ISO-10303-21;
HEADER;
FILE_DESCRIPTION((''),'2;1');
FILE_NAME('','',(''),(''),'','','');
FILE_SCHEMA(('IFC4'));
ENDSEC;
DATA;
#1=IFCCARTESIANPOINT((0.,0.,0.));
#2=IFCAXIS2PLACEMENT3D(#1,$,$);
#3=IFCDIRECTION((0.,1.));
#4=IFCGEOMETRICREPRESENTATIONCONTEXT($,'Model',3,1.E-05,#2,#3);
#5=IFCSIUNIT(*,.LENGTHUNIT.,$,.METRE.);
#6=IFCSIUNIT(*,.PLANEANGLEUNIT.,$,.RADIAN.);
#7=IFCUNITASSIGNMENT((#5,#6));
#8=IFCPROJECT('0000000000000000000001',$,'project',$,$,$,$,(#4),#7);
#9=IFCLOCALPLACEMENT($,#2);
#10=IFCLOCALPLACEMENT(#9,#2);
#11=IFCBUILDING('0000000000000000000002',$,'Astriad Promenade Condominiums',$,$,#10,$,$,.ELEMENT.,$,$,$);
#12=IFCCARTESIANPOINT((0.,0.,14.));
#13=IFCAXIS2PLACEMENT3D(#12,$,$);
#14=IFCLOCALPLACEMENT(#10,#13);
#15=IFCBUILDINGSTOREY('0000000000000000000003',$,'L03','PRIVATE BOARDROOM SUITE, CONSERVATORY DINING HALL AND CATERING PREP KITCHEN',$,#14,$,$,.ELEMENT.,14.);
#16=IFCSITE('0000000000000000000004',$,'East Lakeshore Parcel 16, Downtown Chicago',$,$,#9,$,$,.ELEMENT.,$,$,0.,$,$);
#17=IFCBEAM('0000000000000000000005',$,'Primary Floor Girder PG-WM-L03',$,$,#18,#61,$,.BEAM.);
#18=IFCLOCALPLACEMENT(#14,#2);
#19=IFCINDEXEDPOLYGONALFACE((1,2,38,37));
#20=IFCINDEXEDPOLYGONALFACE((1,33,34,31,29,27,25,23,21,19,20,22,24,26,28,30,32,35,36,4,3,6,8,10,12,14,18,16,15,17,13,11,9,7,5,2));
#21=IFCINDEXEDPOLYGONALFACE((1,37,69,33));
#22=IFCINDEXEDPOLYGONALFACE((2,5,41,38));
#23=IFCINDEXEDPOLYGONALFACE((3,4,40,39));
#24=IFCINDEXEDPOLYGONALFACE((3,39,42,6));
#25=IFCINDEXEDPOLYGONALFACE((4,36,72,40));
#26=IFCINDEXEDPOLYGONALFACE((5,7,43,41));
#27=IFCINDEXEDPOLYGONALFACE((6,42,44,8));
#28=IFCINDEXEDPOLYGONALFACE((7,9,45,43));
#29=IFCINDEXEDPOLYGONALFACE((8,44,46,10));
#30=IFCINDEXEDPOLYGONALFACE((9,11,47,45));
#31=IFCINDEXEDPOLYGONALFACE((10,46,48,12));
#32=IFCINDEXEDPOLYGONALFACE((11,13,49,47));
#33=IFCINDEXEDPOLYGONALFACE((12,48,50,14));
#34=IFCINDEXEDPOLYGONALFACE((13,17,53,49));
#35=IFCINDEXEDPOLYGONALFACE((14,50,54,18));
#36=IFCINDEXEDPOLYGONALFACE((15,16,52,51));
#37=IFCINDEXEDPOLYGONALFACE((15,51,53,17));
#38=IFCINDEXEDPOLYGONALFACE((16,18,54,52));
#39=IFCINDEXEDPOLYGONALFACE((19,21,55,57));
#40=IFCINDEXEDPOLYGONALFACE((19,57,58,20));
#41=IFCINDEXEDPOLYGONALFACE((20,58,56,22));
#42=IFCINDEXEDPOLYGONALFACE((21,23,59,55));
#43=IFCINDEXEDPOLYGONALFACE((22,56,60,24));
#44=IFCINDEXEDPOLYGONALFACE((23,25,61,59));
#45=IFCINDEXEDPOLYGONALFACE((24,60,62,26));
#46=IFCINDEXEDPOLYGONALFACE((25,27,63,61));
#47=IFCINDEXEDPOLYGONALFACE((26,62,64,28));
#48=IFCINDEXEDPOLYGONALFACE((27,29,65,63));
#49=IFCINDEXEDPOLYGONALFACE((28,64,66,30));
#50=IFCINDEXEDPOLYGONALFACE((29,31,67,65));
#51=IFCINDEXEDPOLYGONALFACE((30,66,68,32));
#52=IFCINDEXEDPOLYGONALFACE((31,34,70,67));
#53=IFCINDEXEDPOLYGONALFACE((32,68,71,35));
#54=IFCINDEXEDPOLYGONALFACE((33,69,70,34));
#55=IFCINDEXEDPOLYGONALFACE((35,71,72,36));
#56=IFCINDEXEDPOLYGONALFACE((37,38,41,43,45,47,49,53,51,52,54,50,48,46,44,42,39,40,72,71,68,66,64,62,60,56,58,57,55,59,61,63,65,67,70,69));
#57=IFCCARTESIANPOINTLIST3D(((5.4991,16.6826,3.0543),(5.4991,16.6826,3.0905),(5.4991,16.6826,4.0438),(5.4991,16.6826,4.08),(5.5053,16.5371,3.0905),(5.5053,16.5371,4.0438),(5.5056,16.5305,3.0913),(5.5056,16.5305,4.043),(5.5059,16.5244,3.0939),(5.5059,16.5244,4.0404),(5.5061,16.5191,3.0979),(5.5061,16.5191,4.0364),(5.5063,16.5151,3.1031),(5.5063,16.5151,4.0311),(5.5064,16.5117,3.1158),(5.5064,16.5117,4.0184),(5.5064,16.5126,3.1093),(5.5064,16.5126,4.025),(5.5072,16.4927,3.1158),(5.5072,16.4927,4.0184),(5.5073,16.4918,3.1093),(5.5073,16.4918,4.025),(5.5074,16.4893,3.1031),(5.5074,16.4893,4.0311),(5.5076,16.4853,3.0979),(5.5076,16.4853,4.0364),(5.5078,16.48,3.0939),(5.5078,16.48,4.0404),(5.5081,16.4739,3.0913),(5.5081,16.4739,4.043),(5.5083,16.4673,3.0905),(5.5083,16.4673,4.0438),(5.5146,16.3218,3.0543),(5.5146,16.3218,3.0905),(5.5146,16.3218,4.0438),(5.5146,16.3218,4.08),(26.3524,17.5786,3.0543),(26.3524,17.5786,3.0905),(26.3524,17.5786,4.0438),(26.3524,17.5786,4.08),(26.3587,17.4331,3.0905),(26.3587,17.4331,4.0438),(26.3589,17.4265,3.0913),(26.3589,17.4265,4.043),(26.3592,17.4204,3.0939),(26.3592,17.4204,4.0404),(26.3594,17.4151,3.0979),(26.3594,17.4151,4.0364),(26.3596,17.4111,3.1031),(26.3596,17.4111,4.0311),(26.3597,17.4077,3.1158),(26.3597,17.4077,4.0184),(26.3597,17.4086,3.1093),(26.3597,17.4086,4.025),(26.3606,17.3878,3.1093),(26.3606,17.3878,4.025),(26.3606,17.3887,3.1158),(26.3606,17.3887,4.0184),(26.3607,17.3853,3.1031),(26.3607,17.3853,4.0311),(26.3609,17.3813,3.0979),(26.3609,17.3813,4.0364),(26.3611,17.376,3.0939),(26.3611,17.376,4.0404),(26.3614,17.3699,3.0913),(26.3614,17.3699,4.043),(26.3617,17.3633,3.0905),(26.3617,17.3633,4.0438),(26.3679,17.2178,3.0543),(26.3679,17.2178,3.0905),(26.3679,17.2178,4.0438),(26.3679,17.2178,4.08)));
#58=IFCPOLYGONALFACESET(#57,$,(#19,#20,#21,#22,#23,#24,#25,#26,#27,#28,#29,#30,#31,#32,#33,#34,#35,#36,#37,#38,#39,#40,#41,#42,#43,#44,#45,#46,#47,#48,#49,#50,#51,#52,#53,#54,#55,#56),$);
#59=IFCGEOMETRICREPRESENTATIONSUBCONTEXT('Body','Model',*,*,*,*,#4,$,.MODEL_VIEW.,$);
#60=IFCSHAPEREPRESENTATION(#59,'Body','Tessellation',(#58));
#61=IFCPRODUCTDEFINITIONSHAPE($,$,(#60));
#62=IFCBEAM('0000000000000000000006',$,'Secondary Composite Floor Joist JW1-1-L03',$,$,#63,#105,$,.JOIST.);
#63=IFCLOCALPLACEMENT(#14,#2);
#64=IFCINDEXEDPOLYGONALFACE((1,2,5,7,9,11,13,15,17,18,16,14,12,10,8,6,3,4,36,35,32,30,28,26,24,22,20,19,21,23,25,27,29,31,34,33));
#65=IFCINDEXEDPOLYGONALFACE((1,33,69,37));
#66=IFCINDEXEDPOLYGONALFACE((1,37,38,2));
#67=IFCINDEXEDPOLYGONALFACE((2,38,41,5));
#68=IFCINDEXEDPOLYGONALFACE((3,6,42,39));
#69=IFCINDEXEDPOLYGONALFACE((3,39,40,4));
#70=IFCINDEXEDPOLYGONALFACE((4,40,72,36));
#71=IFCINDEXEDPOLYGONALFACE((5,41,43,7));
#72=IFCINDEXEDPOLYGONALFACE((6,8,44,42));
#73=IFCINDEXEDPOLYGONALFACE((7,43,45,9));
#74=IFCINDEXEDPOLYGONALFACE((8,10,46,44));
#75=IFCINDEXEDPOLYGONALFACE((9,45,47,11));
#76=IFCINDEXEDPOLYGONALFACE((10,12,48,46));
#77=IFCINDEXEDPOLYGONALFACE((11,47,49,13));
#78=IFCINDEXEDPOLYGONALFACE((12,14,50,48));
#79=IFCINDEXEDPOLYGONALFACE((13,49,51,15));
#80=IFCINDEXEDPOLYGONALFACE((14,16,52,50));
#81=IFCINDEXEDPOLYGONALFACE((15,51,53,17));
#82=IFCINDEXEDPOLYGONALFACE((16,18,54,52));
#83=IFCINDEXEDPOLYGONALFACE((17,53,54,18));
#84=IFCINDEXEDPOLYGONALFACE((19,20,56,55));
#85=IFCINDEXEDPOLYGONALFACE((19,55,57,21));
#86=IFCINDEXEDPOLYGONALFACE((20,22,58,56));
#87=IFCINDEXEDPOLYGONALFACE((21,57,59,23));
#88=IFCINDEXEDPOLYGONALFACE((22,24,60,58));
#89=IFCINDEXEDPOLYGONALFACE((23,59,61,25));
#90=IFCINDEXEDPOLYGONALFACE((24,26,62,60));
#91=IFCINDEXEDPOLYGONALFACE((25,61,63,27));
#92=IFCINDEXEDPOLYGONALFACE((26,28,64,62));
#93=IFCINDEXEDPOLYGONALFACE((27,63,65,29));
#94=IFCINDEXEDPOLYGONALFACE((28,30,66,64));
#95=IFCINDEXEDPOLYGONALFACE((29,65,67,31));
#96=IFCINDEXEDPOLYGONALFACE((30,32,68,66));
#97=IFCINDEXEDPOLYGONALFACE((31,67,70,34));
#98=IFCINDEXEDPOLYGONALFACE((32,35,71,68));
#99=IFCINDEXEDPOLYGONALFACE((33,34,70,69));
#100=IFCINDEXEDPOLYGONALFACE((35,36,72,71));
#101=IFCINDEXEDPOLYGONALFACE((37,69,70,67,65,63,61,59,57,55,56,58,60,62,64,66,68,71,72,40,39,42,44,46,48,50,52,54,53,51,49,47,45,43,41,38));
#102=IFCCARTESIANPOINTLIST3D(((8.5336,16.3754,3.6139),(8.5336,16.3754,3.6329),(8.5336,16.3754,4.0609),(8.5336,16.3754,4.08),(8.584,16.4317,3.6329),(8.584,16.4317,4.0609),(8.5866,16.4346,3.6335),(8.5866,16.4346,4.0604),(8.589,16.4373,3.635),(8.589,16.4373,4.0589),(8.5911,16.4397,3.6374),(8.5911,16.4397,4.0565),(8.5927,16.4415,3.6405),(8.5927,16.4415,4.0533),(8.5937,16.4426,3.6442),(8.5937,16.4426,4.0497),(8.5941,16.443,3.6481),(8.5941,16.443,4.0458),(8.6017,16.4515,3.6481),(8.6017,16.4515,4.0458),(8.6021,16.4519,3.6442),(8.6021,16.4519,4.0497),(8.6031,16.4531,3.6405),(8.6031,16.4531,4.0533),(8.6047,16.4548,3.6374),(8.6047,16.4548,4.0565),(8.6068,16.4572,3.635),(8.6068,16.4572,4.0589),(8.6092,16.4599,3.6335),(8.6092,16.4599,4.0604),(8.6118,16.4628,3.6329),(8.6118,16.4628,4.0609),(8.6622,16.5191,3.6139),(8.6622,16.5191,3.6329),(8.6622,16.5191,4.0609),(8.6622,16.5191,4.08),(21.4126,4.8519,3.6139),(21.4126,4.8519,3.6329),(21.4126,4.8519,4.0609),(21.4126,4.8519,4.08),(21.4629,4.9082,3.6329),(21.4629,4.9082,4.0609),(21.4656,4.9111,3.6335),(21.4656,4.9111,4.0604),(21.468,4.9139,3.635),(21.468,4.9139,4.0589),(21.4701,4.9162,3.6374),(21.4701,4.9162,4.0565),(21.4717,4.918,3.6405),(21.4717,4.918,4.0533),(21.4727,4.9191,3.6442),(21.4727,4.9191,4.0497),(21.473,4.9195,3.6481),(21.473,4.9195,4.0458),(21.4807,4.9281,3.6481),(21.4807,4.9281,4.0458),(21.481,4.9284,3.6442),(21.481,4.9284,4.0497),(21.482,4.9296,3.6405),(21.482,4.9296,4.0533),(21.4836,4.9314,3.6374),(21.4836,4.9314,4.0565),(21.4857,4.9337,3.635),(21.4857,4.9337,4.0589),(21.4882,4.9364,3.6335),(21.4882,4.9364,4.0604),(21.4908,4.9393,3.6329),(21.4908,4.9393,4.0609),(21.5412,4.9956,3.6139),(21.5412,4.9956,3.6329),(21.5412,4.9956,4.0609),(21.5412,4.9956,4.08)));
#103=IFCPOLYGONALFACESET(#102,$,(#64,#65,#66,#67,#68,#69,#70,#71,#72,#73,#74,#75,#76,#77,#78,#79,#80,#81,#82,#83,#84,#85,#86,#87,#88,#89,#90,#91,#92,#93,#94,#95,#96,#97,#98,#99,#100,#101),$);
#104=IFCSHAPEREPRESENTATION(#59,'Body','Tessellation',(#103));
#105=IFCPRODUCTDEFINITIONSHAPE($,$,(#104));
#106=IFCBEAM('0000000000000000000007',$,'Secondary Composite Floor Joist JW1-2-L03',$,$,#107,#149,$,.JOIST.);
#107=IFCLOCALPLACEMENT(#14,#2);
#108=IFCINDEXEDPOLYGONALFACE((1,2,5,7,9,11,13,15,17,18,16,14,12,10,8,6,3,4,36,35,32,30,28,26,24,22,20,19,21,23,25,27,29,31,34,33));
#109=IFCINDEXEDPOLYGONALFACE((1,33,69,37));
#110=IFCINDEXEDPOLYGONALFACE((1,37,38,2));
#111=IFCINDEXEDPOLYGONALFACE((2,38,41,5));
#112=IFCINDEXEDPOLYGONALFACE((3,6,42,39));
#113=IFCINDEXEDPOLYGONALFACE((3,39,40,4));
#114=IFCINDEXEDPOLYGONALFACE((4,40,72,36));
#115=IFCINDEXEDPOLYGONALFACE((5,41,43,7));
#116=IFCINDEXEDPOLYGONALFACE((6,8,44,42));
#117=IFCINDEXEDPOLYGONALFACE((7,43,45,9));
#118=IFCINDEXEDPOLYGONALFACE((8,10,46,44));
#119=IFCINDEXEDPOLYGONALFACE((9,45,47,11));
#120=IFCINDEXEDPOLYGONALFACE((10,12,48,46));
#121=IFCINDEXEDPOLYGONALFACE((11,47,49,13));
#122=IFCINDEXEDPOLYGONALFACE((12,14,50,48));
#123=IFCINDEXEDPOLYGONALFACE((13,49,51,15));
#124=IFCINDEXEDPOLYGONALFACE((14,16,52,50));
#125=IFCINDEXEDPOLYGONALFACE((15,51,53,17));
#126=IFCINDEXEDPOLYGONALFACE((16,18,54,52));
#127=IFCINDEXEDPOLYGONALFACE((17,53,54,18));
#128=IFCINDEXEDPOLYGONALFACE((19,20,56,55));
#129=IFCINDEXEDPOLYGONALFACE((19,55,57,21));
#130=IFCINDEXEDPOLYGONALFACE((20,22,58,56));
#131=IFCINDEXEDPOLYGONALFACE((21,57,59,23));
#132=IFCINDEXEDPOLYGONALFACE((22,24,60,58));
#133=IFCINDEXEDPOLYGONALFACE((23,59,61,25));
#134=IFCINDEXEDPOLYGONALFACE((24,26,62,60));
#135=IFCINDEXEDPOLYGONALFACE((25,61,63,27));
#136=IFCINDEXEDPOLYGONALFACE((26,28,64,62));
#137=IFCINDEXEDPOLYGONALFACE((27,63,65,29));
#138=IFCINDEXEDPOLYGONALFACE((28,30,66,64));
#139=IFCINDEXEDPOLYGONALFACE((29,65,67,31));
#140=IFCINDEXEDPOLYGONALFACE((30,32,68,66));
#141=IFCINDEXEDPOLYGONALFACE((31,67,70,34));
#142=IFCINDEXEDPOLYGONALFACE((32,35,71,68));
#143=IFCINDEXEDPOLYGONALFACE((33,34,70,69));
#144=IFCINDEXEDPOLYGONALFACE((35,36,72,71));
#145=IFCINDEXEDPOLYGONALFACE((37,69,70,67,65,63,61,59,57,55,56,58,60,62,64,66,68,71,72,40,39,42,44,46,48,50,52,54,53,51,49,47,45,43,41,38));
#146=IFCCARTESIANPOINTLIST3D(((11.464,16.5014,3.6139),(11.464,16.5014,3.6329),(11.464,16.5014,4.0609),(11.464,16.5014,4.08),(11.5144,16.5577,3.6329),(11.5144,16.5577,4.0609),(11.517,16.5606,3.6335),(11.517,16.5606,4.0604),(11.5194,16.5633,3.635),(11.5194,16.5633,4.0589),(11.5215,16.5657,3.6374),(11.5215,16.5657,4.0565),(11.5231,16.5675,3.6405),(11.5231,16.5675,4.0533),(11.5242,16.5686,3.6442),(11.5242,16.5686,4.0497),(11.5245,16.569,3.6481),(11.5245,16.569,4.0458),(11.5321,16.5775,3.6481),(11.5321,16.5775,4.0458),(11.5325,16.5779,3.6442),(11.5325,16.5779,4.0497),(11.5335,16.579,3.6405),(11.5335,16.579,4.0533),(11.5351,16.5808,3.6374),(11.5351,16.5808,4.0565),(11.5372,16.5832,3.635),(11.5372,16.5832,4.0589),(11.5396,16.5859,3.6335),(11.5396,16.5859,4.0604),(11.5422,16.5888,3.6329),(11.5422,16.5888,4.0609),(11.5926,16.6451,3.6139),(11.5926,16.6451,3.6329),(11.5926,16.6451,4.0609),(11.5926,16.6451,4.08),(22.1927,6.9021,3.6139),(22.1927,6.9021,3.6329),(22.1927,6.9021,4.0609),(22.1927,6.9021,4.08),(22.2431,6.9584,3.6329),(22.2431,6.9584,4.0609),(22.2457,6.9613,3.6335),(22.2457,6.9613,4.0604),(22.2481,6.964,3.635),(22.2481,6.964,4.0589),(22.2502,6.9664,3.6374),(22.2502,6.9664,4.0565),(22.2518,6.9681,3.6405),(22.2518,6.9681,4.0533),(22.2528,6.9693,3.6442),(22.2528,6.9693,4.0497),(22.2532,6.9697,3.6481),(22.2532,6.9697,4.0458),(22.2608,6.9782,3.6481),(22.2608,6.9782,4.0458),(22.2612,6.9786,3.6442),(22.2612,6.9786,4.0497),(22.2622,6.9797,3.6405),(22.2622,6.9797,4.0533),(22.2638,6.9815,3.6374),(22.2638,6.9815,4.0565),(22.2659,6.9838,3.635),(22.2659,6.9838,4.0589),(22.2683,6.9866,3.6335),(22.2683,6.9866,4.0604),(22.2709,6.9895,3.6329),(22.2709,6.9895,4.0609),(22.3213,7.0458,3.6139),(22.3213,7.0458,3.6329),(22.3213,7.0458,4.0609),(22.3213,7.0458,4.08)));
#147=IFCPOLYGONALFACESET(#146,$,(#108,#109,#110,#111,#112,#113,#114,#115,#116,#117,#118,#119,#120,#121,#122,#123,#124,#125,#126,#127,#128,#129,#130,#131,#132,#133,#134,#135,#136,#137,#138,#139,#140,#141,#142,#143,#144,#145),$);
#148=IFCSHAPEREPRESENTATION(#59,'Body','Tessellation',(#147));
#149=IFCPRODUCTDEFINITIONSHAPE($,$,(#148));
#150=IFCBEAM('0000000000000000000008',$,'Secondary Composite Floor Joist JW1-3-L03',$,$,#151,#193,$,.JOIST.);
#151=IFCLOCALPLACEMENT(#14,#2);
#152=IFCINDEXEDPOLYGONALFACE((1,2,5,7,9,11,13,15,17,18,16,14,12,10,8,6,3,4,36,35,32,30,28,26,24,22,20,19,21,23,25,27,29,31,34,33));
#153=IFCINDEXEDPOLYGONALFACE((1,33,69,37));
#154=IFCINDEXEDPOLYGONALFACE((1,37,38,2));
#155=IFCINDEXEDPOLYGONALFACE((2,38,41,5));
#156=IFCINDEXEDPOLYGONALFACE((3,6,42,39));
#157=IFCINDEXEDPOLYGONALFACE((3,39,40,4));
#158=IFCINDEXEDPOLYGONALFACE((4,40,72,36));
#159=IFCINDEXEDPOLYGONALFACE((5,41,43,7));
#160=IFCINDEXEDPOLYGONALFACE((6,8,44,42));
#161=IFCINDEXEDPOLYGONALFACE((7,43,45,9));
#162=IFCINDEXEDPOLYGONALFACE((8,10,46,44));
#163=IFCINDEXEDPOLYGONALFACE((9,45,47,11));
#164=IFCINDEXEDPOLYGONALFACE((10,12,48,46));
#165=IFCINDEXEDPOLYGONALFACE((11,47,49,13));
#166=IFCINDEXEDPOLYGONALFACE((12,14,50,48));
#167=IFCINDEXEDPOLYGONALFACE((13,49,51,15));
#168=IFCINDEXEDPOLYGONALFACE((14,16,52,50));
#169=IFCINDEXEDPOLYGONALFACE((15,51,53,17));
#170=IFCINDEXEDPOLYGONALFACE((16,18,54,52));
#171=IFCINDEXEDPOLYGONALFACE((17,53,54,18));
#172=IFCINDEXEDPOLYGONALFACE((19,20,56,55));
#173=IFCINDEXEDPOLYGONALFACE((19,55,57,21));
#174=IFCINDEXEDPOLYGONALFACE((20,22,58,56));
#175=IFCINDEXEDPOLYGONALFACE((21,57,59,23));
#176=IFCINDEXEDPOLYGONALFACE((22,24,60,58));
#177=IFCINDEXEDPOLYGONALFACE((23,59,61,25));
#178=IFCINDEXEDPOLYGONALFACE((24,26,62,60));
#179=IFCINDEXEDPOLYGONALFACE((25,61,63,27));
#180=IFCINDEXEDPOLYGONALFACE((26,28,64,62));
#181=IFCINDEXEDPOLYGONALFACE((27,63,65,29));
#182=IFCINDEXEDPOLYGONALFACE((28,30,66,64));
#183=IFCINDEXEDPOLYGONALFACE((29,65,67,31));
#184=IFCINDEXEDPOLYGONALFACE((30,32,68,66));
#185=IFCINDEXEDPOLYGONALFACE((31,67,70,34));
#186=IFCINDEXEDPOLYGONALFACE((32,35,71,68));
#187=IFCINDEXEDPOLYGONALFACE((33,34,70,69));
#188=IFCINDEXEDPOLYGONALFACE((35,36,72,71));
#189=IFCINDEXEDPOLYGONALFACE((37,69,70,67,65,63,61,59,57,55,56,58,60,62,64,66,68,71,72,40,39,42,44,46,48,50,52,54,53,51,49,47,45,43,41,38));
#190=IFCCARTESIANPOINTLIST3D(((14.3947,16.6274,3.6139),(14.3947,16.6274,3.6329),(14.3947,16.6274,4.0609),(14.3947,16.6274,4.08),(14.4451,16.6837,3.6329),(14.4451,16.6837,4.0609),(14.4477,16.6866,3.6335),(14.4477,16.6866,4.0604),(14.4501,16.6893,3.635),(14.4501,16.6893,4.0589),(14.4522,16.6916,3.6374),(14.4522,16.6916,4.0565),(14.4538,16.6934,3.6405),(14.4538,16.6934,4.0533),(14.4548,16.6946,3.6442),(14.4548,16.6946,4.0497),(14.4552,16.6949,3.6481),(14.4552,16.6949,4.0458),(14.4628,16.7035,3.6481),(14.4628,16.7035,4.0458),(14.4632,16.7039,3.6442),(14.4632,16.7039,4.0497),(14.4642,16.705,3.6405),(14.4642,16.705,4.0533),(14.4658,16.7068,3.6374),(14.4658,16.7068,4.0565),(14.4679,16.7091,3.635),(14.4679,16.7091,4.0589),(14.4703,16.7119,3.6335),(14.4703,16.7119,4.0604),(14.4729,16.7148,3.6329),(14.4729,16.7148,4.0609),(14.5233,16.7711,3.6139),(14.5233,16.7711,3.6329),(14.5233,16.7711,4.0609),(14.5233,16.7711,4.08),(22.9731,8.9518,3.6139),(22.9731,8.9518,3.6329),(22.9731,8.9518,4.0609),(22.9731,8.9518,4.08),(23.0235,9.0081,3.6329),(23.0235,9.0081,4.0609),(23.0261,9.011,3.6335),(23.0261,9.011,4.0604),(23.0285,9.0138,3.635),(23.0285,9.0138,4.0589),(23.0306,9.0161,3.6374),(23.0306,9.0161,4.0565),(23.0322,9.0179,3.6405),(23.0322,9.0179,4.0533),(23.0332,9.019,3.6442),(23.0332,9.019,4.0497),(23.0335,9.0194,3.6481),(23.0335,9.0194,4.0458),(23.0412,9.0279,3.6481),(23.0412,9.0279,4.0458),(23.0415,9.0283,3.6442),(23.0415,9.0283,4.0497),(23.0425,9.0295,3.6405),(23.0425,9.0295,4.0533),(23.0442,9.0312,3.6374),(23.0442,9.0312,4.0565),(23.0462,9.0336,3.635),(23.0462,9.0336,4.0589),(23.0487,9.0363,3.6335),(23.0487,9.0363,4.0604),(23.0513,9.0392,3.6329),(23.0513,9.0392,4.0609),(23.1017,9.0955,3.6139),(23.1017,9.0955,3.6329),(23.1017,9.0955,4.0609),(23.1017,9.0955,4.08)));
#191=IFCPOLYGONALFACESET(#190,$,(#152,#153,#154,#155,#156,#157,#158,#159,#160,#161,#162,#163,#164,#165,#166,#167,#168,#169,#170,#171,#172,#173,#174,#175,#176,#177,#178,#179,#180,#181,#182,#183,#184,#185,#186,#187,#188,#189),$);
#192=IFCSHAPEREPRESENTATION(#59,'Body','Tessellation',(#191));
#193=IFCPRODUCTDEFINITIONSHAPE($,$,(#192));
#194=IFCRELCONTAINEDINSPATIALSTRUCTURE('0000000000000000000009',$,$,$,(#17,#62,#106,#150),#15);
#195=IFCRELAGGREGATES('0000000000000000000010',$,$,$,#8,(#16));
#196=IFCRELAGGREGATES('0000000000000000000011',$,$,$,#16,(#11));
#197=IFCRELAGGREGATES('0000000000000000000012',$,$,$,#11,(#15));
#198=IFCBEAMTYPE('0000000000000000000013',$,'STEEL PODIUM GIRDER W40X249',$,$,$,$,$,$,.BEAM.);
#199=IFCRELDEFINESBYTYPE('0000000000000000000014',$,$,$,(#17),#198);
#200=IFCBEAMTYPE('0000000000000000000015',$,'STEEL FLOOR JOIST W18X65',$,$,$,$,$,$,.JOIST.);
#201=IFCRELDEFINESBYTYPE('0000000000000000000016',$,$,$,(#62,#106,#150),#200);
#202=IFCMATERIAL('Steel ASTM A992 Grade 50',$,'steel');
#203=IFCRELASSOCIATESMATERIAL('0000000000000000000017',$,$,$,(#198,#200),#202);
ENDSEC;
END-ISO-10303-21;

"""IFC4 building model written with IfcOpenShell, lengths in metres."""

from ifc_helpers import new_model, si_unit, direction, frame, origin, origin_2d, place, context, subcontext, project, spatial, i_section, extrude, source, transform, mapped, material, material_profile, profile_set, type_object, type_shapes, element, save


model = new_model("IFC4")

# Units and contexts
model_context = context("Model", 3, precision=1e-05, world=origin(), true_north=direction((0.0, 1.0)))
body_context = subcontext(model_context, "Body", "Model", "MODEL_VIEW")
ifc_project = project(units=[si_unit("LENGTHUNIT", "METRE"), si_unit("PLANEANGLEUNIT", "RADIAN")], contexts=[model_context])

# Site, building, storey
site_placement = place(None, origin())
site = spatial("IfcSite", under=ifc_project, at=site_placement, Name="East Lakeshore Parcel 16, Downtown Chicago", CompositionType="ELEMENT", RefElevation=0.0)
building_placement = place(site_placement, origin())
building = spatial("IfcBuilding", under=site, at=building_placement, Name="Astriad Promenade Condominiums", CompositionType="ELEMENT")
storey_placement = place(building_placement, frame((0.0, 0.0, 14.0)))
storey = spatial("IfcBuildingStorey", under=building, at=storey_placement, Name="L03", Description="PRIVATE BOARDROOM SUITE, CONSERVATORY DINING HALL AND CATERING PREP KITCHEN", CompositionType="ELEMENT", Elevation=14.0)

# Shared definitions
ifc_material_1 = material(Name="Steel ASTM A992 Grade 50", Category="steel")

# Beams
ifc_material_profile_1 = material_profile(ifc_material_1, i_section(OverallWidth=0.3611, OverallDepth=1.0256, WebThickness=0.019, FlangeThickness=0.0361, FilletRadius=0.0254, at=origin_2d()), Name="W40X249")
ifc_profile_set_1 = profile_set([ifc_material_profile_1], Name="Steel ASTM A992 Grade 50")
beam_type_1 = type_object("IfcBeamType", Name="STEEL PODIUM GIRDER W40X249", PredefinedType="BEAM", material=ifc_profile_set_1)
shared_shape_1 = source(origin(), body_context, "Body", "SweptSolid", [
    extrude(i_section(OverallWidth=0.3611, OverallDepth=1.0256, WebThickness=0.019, FlangeThickness=0.0361, FilletRadius=0.0254, at=origin_2d()), origin(), (0.0, 0.0, 1.0), 20.8726),
])
type_shapes(beam_type_1, [shared_shape_1])
beam_1_placement = place(storey_placement, frame((5.5068, 16.5022, 3.5671), z_axis=(0.999078, 0.042927, 0.0), x_axis=(-0.042927, 0.999078, 0.0)))
element("IfcBeam", 1, at=beam_1_placement, inside=storey, type_object=beam_type_1, Name="Primary Floor Girder PG-WM-L03", PredefinedType="BEAM", context=body_context, shape_type="MappedRepresentation", body=[
    mapped(shared_shape_1, transform((0.0, 0.0, 0.0), scale=1.0)),
])
ifc_material_profile_2 = material_profile(ifc_material_1, i_section(OverallWidth=0.1929, OverallDepth=0.4661, WebThickness=0.0115, FlangeThickness=0.019, FilletRadius=0.0151, at=origin_2d()), Name="W18X65")
ifc_profile_set_2 = profile_set([ifc_material_profile_2], Name="Steel ASTM A992 Grade 50")
beam_type_2 = type_object("IfcBeamType", Name="STEEL FLOOR JOIST W18X65", PredefinedType="JOIST", material=ifc_profile_set_2)
shared_shape_2 = source(origin(), body_context, "Body", "SweptSolid", [
    extrude(i_section(OverallWidth=0.1929, OverallDepth=0.4661, WebThickness=0.0115, FlangeThickness=0.019, FilletRadius=0.0151, at=origin_2d()), origin(), (0.0, 0.0, 1.0), 17.2817),
])
beam_2_placement = place(storey_placement, frame((8.5979, 16.4473, 3.8469), z_axis=(0.745235, -0.666801, 0.0), x_axis=(0.666801, 0.745235, 0.0)))
element("IfcBeam", 2, at=beam_2_placement, inside=storey, type_object=beam_type_2, Name="Secondary Composite Floor Joist JW1-1-L03", PredefinedType="JOIST", context=body_context, shape_type="MappedRepresentation", body=[
    mapped(shared_shape_2, transform((0.0, 0.0, 0.0), scale=1.0)),
])
shared_shape_3 = source(origin(), body_context, "Body", "SweptSolid", [
    extrude(i_section(OverallWidth=0.1929, OverallDepth=0.4661, WebThickness=0.0115, FlangeThickness=0.019, FilletRadius=0.0151, at=origin_2d()), origin(), (0.0, 0.0, 1.0), 14.3962),
])
beam_3_placement = place(storey_placement, frame((11.5283, 16.5732, 3.8469), z_axis=(0.745243, -0.666793, 0.0), x_axis=(0.666793, 0.745243, 0.0)))
element("IfcBeam", 3, at=beam_3_placement, inside=storey, type_object=beam_type_2, Name="Secondary Composite Floor Joist JW1-2-L03", PredefinedType="JOIST", context=body_context, shape_type="MappedRepresentation", body=[
    mapped(shared_shape_3, transform((0.0, 0.0, 0.0), scale=1.0)),
])
shared_shape_4 = source(origin(), body_context, "Body", "SweptSolid", [
    extrude(i_section(OverallWidth=0.1929, OverallDepth=0.4661, WebThickness=0.0115, FlangeThickness=0.019, FilletRadius=0.0151, at=origin_2d()), origin(), (0.0, 0.0, 1.0), 11.511),
])
type_shapes(beam_type_2, [shared_shape_2, shared_shape_3, shared_shape_4])
beam_4_placement = place(storey_placement, frame((14.459, 16.6992, 3.8469), z_axis=(0.745235, -0.666802, 0.0), x_axis=(0.666802, 0.745235, 0.0)))
element("IfcBeam", 4, at=beam_4_placement, inside=storey, type_object=beam_type_2, Name="Secondary Composite Floor Joist JW1-3-L03", PredefinedType="JOIST", context=body_context, shape_type="MappedRepresentation", body=[
    mapped(shared_shape_4, transform((0.0, 0.0, 0.0), scale=1.0)),
])

save(model, "model.ifc")
